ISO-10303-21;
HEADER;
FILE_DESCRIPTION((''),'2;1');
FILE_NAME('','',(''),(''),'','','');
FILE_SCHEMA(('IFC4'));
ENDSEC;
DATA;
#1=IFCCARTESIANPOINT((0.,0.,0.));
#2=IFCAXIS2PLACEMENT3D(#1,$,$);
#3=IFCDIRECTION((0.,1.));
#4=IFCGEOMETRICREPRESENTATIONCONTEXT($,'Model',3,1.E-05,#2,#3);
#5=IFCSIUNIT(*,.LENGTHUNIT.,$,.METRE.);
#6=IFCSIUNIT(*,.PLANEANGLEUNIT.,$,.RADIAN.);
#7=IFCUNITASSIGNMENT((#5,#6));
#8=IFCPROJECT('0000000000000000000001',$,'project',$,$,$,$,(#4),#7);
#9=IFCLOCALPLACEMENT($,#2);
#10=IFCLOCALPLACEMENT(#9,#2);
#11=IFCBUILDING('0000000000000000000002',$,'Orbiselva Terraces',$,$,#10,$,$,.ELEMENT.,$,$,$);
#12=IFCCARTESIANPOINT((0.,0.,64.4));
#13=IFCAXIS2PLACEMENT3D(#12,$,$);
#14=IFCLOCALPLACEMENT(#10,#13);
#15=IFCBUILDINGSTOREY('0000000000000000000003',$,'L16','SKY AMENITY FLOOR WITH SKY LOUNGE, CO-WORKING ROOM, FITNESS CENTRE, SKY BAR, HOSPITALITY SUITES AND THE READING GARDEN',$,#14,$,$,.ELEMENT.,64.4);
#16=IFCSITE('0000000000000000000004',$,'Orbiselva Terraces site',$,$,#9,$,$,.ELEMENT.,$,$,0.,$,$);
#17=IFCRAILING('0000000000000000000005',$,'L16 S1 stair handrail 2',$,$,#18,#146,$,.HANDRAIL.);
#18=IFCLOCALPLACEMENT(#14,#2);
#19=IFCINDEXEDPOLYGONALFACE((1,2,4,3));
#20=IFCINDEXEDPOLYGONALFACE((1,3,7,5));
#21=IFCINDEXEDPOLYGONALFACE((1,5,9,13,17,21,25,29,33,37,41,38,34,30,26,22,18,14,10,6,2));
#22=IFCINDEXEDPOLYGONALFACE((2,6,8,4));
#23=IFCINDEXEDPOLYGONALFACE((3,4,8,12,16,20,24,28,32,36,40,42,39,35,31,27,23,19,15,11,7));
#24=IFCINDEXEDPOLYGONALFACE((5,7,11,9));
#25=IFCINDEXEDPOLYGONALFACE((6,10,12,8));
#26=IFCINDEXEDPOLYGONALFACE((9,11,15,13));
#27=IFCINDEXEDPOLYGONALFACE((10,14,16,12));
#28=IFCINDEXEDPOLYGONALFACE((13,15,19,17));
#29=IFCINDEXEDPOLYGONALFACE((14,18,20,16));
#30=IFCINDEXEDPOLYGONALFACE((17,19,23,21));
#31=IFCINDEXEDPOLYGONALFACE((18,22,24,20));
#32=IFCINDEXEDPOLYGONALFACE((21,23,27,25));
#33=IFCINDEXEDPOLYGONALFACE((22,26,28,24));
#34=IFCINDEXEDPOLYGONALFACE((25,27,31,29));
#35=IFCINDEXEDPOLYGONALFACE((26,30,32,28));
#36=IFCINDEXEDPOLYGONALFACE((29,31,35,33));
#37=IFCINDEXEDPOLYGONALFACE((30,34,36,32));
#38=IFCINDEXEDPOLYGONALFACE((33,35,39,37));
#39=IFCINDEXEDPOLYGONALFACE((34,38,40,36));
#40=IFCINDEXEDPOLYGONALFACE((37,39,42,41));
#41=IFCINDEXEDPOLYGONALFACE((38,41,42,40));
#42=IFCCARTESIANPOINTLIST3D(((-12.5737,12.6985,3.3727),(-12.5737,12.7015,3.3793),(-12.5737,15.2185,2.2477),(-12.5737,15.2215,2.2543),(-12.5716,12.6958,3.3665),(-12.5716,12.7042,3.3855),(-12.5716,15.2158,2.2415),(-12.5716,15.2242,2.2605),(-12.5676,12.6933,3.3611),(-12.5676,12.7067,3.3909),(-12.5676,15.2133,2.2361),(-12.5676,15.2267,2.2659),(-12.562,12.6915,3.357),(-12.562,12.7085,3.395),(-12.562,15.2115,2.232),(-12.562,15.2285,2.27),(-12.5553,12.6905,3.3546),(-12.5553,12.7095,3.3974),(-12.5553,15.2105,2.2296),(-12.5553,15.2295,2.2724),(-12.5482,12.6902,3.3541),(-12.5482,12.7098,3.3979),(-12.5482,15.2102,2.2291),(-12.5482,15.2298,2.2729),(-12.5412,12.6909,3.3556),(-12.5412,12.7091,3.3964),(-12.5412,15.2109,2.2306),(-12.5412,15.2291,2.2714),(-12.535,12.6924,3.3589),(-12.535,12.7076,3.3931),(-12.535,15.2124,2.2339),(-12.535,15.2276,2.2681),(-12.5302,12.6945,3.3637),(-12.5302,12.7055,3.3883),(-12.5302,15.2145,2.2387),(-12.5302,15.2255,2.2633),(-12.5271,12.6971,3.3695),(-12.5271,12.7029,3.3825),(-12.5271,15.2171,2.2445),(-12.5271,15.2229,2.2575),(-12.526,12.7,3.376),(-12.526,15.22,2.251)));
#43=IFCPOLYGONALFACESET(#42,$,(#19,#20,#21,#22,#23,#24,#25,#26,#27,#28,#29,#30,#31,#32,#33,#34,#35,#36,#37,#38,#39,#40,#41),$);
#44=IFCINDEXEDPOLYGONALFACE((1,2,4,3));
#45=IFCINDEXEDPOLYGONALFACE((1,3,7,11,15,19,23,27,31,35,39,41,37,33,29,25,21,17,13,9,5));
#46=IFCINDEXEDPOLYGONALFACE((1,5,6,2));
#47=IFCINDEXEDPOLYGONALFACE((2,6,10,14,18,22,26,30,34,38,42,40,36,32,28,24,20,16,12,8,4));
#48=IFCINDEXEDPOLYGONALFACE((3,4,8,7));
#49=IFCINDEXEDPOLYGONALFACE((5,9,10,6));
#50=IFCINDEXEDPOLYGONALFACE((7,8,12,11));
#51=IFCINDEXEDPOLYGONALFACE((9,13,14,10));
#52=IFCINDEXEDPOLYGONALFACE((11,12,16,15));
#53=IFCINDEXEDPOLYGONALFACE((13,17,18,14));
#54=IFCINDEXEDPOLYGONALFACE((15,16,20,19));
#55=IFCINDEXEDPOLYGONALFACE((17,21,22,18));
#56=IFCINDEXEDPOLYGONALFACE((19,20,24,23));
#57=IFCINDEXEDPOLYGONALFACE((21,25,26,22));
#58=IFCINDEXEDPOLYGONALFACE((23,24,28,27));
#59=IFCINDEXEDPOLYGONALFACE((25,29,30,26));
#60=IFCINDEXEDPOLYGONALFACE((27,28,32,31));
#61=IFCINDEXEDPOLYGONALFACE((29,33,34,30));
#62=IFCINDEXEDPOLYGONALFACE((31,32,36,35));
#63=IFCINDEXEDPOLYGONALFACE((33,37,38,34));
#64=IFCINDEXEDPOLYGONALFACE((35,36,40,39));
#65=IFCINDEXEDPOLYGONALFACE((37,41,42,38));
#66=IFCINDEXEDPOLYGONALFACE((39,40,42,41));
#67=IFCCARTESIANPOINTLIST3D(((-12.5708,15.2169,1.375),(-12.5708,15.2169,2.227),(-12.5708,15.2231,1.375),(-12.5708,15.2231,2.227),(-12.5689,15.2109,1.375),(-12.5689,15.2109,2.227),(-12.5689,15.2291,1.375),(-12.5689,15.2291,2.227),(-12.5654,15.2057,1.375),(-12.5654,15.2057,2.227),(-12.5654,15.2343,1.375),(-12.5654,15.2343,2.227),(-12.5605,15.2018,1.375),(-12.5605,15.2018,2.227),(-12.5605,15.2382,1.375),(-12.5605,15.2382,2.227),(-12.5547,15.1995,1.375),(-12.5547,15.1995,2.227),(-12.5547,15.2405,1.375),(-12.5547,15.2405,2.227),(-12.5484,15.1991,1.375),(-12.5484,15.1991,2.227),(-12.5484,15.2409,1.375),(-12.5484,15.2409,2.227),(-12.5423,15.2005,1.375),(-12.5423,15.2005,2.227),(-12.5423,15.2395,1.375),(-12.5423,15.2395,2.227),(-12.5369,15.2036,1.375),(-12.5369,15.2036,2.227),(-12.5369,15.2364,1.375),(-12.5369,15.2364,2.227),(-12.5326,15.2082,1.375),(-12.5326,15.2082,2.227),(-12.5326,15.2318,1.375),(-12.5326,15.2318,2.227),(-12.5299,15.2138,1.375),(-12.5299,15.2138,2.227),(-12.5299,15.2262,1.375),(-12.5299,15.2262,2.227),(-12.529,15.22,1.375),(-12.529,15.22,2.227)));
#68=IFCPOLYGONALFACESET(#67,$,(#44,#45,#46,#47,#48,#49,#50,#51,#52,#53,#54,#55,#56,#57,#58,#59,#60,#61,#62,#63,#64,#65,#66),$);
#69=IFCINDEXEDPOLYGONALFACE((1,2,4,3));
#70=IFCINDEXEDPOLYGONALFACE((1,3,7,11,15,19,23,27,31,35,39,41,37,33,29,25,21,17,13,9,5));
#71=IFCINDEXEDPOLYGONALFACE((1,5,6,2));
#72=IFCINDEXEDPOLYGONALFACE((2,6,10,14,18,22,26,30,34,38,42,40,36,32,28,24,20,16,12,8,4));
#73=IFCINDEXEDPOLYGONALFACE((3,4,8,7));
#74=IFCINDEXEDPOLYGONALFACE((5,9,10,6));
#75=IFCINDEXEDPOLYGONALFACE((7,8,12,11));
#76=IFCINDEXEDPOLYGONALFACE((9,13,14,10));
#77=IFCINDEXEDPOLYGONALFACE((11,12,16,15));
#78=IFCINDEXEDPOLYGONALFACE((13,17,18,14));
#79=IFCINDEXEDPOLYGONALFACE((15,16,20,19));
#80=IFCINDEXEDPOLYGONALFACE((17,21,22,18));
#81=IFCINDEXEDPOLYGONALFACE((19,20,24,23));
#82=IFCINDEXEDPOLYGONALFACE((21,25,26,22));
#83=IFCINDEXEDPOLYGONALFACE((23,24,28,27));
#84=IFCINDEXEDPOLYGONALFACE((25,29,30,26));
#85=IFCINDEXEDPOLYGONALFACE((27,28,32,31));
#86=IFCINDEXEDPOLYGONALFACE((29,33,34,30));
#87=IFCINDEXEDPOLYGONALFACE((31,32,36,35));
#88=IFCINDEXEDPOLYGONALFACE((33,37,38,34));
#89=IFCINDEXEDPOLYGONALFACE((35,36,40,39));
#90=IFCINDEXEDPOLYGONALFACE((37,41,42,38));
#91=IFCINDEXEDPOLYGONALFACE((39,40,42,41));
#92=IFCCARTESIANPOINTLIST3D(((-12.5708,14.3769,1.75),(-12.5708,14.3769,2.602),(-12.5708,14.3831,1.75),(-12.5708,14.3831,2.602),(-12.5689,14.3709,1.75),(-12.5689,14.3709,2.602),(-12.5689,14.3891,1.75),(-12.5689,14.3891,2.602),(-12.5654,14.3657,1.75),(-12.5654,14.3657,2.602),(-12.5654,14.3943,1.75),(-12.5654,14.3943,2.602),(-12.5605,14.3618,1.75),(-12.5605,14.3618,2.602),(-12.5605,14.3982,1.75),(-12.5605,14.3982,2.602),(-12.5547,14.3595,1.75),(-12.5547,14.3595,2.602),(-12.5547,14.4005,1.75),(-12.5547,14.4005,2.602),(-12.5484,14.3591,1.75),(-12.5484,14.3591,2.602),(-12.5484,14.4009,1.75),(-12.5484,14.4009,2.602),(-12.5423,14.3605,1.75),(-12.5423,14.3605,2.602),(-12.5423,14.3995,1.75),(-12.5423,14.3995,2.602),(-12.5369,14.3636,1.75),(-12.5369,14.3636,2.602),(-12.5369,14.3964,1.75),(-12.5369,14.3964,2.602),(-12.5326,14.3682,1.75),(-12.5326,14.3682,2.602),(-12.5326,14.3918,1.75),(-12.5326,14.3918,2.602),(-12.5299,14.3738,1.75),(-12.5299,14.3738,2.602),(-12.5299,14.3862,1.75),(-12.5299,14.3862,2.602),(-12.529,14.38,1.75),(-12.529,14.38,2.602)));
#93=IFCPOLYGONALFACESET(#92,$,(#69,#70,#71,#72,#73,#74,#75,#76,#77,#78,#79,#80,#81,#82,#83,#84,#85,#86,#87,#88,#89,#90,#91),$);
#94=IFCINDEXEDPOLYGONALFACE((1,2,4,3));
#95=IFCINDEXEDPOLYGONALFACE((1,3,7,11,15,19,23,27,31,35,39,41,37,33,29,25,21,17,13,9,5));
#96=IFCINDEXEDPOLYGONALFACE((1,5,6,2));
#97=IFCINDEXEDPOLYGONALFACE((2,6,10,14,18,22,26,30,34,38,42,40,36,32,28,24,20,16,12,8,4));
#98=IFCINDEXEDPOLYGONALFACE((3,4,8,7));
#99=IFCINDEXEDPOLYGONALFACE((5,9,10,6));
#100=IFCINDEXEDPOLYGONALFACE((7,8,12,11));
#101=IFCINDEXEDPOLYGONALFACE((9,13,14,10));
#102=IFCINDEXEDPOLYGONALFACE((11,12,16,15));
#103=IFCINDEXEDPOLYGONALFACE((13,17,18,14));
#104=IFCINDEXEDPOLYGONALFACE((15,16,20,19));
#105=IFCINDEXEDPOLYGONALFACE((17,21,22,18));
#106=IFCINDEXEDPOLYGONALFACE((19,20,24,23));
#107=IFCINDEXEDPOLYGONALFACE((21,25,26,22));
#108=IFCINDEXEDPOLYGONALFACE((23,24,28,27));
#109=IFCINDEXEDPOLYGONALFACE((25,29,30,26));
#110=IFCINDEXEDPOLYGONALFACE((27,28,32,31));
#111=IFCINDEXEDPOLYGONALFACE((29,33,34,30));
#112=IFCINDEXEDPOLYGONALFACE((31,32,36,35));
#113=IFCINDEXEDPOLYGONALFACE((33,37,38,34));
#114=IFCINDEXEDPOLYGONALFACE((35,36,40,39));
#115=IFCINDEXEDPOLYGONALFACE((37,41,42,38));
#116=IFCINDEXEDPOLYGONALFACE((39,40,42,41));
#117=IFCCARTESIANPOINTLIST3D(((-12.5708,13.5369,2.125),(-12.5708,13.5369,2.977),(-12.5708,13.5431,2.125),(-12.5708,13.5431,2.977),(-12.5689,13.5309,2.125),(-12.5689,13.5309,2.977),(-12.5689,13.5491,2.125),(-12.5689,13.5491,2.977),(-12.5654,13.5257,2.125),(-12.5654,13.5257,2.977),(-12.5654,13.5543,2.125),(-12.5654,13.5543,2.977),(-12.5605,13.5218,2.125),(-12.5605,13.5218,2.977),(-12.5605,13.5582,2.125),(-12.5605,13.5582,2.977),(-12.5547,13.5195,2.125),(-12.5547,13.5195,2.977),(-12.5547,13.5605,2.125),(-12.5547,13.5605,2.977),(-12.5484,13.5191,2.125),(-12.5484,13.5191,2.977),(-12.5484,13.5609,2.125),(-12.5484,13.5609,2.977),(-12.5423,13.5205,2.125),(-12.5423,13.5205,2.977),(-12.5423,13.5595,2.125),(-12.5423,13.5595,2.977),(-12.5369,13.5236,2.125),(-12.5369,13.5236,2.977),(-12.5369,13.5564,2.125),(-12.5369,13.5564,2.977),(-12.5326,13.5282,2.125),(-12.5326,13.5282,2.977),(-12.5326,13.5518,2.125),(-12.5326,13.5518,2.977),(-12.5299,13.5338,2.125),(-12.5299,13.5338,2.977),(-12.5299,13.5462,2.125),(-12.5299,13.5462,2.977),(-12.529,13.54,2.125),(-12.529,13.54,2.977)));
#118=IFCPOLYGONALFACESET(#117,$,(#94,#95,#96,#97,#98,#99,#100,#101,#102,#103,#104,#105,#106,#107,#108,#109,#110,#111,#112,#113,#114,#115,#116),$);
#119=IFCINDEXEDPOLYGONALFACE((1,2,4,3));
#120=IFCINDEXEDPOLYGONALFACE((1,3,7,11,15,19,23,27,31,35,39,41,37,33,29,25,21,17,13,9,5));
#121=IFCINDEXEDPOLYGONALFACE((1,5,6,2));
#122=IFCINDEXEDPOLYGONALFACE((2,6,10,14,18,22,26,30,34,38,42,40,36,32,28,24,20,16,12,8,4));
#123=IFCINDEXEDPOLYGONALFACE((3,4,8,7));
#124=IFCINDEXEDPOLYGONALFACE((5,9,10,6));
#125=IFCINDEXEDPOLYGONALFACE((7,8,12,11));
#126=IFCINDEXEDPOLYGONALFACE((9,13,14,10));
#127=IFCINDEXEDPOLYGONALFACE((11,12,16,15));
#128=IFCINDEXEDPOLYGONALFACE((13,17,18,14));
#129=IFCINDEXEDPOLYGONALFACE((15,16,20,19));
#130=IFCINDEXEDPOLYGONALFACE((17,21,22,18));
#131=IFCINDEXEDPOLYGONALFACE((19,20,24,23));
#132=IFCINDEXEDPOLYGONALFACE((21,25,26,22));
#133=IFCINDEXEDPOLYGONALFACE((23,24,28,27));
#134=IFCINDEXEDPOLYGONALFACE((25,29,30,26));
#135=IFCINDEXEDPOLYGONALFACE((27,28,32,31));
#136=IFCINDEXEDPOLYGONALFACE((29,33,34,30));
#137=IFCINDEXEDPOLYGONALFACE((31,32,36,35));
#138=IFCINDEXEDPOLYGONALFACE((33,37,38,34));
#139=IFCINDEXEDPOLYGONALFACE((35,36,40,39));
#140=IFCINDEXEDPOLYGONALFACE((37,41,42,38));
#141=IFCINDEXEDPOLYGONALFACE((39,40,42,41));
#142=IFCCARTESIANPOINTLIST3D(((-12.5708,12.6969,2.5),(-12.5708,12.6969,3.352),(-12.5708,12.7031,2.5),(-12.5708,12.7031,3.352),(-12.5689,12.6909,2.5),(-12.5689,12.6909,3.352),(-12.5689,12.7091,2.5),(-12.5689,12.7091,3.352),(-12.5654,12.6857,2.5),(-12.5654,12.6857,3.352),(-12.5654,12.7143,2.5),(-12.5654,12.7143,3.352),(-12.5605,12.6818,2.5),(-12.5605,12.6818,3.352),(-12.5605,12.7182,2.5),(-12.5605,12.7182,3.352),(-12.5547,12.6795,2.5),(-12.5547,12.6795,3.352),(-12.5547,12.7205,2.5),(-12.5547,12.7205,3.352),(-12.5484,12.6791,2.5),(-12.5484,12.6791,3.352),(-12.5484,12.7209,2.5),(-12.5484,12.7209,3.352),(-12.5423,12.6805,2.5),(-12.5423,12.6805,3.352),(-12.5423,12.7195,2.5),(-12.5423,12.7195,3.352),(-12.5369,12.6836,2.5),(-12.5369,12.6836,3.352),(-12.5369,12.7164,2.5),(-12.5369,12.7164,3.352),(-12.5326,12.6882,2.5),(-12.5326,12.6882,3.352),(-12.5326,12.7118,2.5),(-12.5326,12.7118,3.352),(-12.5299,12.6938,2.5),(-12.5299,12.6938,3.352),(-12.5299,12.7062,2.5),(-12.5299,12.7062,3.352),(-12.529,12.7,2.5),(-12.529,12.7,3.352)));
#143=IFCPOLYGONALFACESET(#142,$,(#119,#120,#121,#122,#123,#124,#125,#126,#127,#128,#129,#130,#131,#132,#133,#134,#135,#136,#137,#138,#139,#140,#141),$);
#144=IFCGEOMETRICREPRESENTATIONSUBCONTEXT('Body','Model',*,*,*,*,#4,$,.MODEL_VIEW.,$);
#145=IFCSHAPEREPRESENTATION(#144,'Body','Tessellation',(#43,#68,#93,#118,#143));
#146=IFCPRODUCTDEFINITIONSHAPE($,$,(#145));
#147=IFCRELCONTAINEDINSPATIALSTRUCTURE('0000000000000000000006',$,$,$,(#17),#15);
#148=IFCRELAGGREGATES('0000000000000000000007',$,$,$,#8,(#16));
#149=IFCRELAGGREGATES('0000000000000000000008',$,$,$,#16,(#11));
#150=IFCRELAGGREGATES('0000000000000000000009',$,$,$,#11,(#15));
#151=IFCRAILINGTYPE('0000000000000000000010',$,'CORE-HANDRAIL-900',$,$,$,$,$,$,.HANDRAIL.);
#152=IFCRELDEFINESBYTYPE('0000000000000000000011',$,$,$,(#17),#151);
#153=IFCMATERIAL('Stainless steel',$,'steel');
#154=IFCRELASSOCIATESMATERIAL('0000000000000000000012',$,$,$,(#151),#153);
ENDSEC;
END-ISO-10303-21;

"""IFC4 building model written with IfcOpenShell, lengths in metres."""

from ifc_helpers import new_model, si_unit, direction, frame, origin, origin_2d, place, context, subcontext, project, spatial, circle, extrude, material, type_object, element, save


model = new_model("IFC4")

# Units and contexts
model_context = context("Model", 3, precision=1e-05, world=origin(), true_north=direction((0.0, 1.0)))
body_context = subcontext(model_context, "Body", "Model", "MODEL_VIEW")
ifc_project = project(units=[si_unit("LENGTHUNIT", "METRE"), si_unit("PLANEANGLEUNIT", "RADIAN")], contexts=[model_context])

# Site, building, storey
site_placement = place(None, origin())
site = spatial("IfcSite", under=ifc_project, at=site_placement, Name="Orbiselva Terraces site", CompositionType="ELEMENT", RefElevation=0.0)
building_placement = place(site_placement, origin())
building = spatial("IfcBuilding", under=site, at=building_placement, Name="Orbiselva Terraces", CompositionType="ELEMENT")
storey_placement = place(building_placement, frame((0.0, 0.0, 64.4)))
storey = spatial("IfcBuildingStorey", under=building, at=storey_placement, Name="L16", Description="SKY AMENITY FLOOR WITH SKY LOUNGE, CO-WORKING ROOM, FITNESS CENTRE, SKY BAR, HOSPITALITY SUITES AND THE READING GARDEN", CompositionType="ELEMENT", Elevation=64.4)

# Railing
ifc_material_1 = material(Name="Stainless steel", Category="steel")
railing_type = type_object("IfcRailingType", Name="CORE-HANDRAIL-900", PredefinedType="HANDRAIL", material=ifc_material_1)
railing_1_placement = place(storey_placement, frame((-12.55, 15.22, 1.375)))
element("IfcRailing", 1, at=railing_1_placement, inside=storey, type_object=railing_type, Name="L16 S1 stair handrail 2", PredefinedType="HANDRAIL", context=body_context, shape_type="SweptSolid", body=[
    extrude(circle(Radius=0.024, at=origin_2d()), frame((0.0, 0.0, 0.876), z_axis=(0.0, -0.913138, 0.407651), x_axis=(1.0, 0.0, 0.0)), (0.0, 0.0, 1.0), 2.7597),
    extrude(circle(Radius=0.021, at=origin_2d()), origin(), (0.0, 0.0, 1.0), 0.852),
    extrude(circle(Radius=0.021, at=origin_2d()), frame((0.0, -0.84, 0.375)), (0.0, 0.0, 1.0), 0.852),
    extrude(circle(Radius=0.021, at=origin_2d()), frame((0.0, -1.68, 0.75)), (0.0, 0.0, 1.0), 0.852),
    extrude(circle(Radius=0.021, at=origin_2d()), frame((0.0, -2.52, 1.125)), (0.0, 0.0, 1.0), 0.852),
])

save(model, "model.ifc")
